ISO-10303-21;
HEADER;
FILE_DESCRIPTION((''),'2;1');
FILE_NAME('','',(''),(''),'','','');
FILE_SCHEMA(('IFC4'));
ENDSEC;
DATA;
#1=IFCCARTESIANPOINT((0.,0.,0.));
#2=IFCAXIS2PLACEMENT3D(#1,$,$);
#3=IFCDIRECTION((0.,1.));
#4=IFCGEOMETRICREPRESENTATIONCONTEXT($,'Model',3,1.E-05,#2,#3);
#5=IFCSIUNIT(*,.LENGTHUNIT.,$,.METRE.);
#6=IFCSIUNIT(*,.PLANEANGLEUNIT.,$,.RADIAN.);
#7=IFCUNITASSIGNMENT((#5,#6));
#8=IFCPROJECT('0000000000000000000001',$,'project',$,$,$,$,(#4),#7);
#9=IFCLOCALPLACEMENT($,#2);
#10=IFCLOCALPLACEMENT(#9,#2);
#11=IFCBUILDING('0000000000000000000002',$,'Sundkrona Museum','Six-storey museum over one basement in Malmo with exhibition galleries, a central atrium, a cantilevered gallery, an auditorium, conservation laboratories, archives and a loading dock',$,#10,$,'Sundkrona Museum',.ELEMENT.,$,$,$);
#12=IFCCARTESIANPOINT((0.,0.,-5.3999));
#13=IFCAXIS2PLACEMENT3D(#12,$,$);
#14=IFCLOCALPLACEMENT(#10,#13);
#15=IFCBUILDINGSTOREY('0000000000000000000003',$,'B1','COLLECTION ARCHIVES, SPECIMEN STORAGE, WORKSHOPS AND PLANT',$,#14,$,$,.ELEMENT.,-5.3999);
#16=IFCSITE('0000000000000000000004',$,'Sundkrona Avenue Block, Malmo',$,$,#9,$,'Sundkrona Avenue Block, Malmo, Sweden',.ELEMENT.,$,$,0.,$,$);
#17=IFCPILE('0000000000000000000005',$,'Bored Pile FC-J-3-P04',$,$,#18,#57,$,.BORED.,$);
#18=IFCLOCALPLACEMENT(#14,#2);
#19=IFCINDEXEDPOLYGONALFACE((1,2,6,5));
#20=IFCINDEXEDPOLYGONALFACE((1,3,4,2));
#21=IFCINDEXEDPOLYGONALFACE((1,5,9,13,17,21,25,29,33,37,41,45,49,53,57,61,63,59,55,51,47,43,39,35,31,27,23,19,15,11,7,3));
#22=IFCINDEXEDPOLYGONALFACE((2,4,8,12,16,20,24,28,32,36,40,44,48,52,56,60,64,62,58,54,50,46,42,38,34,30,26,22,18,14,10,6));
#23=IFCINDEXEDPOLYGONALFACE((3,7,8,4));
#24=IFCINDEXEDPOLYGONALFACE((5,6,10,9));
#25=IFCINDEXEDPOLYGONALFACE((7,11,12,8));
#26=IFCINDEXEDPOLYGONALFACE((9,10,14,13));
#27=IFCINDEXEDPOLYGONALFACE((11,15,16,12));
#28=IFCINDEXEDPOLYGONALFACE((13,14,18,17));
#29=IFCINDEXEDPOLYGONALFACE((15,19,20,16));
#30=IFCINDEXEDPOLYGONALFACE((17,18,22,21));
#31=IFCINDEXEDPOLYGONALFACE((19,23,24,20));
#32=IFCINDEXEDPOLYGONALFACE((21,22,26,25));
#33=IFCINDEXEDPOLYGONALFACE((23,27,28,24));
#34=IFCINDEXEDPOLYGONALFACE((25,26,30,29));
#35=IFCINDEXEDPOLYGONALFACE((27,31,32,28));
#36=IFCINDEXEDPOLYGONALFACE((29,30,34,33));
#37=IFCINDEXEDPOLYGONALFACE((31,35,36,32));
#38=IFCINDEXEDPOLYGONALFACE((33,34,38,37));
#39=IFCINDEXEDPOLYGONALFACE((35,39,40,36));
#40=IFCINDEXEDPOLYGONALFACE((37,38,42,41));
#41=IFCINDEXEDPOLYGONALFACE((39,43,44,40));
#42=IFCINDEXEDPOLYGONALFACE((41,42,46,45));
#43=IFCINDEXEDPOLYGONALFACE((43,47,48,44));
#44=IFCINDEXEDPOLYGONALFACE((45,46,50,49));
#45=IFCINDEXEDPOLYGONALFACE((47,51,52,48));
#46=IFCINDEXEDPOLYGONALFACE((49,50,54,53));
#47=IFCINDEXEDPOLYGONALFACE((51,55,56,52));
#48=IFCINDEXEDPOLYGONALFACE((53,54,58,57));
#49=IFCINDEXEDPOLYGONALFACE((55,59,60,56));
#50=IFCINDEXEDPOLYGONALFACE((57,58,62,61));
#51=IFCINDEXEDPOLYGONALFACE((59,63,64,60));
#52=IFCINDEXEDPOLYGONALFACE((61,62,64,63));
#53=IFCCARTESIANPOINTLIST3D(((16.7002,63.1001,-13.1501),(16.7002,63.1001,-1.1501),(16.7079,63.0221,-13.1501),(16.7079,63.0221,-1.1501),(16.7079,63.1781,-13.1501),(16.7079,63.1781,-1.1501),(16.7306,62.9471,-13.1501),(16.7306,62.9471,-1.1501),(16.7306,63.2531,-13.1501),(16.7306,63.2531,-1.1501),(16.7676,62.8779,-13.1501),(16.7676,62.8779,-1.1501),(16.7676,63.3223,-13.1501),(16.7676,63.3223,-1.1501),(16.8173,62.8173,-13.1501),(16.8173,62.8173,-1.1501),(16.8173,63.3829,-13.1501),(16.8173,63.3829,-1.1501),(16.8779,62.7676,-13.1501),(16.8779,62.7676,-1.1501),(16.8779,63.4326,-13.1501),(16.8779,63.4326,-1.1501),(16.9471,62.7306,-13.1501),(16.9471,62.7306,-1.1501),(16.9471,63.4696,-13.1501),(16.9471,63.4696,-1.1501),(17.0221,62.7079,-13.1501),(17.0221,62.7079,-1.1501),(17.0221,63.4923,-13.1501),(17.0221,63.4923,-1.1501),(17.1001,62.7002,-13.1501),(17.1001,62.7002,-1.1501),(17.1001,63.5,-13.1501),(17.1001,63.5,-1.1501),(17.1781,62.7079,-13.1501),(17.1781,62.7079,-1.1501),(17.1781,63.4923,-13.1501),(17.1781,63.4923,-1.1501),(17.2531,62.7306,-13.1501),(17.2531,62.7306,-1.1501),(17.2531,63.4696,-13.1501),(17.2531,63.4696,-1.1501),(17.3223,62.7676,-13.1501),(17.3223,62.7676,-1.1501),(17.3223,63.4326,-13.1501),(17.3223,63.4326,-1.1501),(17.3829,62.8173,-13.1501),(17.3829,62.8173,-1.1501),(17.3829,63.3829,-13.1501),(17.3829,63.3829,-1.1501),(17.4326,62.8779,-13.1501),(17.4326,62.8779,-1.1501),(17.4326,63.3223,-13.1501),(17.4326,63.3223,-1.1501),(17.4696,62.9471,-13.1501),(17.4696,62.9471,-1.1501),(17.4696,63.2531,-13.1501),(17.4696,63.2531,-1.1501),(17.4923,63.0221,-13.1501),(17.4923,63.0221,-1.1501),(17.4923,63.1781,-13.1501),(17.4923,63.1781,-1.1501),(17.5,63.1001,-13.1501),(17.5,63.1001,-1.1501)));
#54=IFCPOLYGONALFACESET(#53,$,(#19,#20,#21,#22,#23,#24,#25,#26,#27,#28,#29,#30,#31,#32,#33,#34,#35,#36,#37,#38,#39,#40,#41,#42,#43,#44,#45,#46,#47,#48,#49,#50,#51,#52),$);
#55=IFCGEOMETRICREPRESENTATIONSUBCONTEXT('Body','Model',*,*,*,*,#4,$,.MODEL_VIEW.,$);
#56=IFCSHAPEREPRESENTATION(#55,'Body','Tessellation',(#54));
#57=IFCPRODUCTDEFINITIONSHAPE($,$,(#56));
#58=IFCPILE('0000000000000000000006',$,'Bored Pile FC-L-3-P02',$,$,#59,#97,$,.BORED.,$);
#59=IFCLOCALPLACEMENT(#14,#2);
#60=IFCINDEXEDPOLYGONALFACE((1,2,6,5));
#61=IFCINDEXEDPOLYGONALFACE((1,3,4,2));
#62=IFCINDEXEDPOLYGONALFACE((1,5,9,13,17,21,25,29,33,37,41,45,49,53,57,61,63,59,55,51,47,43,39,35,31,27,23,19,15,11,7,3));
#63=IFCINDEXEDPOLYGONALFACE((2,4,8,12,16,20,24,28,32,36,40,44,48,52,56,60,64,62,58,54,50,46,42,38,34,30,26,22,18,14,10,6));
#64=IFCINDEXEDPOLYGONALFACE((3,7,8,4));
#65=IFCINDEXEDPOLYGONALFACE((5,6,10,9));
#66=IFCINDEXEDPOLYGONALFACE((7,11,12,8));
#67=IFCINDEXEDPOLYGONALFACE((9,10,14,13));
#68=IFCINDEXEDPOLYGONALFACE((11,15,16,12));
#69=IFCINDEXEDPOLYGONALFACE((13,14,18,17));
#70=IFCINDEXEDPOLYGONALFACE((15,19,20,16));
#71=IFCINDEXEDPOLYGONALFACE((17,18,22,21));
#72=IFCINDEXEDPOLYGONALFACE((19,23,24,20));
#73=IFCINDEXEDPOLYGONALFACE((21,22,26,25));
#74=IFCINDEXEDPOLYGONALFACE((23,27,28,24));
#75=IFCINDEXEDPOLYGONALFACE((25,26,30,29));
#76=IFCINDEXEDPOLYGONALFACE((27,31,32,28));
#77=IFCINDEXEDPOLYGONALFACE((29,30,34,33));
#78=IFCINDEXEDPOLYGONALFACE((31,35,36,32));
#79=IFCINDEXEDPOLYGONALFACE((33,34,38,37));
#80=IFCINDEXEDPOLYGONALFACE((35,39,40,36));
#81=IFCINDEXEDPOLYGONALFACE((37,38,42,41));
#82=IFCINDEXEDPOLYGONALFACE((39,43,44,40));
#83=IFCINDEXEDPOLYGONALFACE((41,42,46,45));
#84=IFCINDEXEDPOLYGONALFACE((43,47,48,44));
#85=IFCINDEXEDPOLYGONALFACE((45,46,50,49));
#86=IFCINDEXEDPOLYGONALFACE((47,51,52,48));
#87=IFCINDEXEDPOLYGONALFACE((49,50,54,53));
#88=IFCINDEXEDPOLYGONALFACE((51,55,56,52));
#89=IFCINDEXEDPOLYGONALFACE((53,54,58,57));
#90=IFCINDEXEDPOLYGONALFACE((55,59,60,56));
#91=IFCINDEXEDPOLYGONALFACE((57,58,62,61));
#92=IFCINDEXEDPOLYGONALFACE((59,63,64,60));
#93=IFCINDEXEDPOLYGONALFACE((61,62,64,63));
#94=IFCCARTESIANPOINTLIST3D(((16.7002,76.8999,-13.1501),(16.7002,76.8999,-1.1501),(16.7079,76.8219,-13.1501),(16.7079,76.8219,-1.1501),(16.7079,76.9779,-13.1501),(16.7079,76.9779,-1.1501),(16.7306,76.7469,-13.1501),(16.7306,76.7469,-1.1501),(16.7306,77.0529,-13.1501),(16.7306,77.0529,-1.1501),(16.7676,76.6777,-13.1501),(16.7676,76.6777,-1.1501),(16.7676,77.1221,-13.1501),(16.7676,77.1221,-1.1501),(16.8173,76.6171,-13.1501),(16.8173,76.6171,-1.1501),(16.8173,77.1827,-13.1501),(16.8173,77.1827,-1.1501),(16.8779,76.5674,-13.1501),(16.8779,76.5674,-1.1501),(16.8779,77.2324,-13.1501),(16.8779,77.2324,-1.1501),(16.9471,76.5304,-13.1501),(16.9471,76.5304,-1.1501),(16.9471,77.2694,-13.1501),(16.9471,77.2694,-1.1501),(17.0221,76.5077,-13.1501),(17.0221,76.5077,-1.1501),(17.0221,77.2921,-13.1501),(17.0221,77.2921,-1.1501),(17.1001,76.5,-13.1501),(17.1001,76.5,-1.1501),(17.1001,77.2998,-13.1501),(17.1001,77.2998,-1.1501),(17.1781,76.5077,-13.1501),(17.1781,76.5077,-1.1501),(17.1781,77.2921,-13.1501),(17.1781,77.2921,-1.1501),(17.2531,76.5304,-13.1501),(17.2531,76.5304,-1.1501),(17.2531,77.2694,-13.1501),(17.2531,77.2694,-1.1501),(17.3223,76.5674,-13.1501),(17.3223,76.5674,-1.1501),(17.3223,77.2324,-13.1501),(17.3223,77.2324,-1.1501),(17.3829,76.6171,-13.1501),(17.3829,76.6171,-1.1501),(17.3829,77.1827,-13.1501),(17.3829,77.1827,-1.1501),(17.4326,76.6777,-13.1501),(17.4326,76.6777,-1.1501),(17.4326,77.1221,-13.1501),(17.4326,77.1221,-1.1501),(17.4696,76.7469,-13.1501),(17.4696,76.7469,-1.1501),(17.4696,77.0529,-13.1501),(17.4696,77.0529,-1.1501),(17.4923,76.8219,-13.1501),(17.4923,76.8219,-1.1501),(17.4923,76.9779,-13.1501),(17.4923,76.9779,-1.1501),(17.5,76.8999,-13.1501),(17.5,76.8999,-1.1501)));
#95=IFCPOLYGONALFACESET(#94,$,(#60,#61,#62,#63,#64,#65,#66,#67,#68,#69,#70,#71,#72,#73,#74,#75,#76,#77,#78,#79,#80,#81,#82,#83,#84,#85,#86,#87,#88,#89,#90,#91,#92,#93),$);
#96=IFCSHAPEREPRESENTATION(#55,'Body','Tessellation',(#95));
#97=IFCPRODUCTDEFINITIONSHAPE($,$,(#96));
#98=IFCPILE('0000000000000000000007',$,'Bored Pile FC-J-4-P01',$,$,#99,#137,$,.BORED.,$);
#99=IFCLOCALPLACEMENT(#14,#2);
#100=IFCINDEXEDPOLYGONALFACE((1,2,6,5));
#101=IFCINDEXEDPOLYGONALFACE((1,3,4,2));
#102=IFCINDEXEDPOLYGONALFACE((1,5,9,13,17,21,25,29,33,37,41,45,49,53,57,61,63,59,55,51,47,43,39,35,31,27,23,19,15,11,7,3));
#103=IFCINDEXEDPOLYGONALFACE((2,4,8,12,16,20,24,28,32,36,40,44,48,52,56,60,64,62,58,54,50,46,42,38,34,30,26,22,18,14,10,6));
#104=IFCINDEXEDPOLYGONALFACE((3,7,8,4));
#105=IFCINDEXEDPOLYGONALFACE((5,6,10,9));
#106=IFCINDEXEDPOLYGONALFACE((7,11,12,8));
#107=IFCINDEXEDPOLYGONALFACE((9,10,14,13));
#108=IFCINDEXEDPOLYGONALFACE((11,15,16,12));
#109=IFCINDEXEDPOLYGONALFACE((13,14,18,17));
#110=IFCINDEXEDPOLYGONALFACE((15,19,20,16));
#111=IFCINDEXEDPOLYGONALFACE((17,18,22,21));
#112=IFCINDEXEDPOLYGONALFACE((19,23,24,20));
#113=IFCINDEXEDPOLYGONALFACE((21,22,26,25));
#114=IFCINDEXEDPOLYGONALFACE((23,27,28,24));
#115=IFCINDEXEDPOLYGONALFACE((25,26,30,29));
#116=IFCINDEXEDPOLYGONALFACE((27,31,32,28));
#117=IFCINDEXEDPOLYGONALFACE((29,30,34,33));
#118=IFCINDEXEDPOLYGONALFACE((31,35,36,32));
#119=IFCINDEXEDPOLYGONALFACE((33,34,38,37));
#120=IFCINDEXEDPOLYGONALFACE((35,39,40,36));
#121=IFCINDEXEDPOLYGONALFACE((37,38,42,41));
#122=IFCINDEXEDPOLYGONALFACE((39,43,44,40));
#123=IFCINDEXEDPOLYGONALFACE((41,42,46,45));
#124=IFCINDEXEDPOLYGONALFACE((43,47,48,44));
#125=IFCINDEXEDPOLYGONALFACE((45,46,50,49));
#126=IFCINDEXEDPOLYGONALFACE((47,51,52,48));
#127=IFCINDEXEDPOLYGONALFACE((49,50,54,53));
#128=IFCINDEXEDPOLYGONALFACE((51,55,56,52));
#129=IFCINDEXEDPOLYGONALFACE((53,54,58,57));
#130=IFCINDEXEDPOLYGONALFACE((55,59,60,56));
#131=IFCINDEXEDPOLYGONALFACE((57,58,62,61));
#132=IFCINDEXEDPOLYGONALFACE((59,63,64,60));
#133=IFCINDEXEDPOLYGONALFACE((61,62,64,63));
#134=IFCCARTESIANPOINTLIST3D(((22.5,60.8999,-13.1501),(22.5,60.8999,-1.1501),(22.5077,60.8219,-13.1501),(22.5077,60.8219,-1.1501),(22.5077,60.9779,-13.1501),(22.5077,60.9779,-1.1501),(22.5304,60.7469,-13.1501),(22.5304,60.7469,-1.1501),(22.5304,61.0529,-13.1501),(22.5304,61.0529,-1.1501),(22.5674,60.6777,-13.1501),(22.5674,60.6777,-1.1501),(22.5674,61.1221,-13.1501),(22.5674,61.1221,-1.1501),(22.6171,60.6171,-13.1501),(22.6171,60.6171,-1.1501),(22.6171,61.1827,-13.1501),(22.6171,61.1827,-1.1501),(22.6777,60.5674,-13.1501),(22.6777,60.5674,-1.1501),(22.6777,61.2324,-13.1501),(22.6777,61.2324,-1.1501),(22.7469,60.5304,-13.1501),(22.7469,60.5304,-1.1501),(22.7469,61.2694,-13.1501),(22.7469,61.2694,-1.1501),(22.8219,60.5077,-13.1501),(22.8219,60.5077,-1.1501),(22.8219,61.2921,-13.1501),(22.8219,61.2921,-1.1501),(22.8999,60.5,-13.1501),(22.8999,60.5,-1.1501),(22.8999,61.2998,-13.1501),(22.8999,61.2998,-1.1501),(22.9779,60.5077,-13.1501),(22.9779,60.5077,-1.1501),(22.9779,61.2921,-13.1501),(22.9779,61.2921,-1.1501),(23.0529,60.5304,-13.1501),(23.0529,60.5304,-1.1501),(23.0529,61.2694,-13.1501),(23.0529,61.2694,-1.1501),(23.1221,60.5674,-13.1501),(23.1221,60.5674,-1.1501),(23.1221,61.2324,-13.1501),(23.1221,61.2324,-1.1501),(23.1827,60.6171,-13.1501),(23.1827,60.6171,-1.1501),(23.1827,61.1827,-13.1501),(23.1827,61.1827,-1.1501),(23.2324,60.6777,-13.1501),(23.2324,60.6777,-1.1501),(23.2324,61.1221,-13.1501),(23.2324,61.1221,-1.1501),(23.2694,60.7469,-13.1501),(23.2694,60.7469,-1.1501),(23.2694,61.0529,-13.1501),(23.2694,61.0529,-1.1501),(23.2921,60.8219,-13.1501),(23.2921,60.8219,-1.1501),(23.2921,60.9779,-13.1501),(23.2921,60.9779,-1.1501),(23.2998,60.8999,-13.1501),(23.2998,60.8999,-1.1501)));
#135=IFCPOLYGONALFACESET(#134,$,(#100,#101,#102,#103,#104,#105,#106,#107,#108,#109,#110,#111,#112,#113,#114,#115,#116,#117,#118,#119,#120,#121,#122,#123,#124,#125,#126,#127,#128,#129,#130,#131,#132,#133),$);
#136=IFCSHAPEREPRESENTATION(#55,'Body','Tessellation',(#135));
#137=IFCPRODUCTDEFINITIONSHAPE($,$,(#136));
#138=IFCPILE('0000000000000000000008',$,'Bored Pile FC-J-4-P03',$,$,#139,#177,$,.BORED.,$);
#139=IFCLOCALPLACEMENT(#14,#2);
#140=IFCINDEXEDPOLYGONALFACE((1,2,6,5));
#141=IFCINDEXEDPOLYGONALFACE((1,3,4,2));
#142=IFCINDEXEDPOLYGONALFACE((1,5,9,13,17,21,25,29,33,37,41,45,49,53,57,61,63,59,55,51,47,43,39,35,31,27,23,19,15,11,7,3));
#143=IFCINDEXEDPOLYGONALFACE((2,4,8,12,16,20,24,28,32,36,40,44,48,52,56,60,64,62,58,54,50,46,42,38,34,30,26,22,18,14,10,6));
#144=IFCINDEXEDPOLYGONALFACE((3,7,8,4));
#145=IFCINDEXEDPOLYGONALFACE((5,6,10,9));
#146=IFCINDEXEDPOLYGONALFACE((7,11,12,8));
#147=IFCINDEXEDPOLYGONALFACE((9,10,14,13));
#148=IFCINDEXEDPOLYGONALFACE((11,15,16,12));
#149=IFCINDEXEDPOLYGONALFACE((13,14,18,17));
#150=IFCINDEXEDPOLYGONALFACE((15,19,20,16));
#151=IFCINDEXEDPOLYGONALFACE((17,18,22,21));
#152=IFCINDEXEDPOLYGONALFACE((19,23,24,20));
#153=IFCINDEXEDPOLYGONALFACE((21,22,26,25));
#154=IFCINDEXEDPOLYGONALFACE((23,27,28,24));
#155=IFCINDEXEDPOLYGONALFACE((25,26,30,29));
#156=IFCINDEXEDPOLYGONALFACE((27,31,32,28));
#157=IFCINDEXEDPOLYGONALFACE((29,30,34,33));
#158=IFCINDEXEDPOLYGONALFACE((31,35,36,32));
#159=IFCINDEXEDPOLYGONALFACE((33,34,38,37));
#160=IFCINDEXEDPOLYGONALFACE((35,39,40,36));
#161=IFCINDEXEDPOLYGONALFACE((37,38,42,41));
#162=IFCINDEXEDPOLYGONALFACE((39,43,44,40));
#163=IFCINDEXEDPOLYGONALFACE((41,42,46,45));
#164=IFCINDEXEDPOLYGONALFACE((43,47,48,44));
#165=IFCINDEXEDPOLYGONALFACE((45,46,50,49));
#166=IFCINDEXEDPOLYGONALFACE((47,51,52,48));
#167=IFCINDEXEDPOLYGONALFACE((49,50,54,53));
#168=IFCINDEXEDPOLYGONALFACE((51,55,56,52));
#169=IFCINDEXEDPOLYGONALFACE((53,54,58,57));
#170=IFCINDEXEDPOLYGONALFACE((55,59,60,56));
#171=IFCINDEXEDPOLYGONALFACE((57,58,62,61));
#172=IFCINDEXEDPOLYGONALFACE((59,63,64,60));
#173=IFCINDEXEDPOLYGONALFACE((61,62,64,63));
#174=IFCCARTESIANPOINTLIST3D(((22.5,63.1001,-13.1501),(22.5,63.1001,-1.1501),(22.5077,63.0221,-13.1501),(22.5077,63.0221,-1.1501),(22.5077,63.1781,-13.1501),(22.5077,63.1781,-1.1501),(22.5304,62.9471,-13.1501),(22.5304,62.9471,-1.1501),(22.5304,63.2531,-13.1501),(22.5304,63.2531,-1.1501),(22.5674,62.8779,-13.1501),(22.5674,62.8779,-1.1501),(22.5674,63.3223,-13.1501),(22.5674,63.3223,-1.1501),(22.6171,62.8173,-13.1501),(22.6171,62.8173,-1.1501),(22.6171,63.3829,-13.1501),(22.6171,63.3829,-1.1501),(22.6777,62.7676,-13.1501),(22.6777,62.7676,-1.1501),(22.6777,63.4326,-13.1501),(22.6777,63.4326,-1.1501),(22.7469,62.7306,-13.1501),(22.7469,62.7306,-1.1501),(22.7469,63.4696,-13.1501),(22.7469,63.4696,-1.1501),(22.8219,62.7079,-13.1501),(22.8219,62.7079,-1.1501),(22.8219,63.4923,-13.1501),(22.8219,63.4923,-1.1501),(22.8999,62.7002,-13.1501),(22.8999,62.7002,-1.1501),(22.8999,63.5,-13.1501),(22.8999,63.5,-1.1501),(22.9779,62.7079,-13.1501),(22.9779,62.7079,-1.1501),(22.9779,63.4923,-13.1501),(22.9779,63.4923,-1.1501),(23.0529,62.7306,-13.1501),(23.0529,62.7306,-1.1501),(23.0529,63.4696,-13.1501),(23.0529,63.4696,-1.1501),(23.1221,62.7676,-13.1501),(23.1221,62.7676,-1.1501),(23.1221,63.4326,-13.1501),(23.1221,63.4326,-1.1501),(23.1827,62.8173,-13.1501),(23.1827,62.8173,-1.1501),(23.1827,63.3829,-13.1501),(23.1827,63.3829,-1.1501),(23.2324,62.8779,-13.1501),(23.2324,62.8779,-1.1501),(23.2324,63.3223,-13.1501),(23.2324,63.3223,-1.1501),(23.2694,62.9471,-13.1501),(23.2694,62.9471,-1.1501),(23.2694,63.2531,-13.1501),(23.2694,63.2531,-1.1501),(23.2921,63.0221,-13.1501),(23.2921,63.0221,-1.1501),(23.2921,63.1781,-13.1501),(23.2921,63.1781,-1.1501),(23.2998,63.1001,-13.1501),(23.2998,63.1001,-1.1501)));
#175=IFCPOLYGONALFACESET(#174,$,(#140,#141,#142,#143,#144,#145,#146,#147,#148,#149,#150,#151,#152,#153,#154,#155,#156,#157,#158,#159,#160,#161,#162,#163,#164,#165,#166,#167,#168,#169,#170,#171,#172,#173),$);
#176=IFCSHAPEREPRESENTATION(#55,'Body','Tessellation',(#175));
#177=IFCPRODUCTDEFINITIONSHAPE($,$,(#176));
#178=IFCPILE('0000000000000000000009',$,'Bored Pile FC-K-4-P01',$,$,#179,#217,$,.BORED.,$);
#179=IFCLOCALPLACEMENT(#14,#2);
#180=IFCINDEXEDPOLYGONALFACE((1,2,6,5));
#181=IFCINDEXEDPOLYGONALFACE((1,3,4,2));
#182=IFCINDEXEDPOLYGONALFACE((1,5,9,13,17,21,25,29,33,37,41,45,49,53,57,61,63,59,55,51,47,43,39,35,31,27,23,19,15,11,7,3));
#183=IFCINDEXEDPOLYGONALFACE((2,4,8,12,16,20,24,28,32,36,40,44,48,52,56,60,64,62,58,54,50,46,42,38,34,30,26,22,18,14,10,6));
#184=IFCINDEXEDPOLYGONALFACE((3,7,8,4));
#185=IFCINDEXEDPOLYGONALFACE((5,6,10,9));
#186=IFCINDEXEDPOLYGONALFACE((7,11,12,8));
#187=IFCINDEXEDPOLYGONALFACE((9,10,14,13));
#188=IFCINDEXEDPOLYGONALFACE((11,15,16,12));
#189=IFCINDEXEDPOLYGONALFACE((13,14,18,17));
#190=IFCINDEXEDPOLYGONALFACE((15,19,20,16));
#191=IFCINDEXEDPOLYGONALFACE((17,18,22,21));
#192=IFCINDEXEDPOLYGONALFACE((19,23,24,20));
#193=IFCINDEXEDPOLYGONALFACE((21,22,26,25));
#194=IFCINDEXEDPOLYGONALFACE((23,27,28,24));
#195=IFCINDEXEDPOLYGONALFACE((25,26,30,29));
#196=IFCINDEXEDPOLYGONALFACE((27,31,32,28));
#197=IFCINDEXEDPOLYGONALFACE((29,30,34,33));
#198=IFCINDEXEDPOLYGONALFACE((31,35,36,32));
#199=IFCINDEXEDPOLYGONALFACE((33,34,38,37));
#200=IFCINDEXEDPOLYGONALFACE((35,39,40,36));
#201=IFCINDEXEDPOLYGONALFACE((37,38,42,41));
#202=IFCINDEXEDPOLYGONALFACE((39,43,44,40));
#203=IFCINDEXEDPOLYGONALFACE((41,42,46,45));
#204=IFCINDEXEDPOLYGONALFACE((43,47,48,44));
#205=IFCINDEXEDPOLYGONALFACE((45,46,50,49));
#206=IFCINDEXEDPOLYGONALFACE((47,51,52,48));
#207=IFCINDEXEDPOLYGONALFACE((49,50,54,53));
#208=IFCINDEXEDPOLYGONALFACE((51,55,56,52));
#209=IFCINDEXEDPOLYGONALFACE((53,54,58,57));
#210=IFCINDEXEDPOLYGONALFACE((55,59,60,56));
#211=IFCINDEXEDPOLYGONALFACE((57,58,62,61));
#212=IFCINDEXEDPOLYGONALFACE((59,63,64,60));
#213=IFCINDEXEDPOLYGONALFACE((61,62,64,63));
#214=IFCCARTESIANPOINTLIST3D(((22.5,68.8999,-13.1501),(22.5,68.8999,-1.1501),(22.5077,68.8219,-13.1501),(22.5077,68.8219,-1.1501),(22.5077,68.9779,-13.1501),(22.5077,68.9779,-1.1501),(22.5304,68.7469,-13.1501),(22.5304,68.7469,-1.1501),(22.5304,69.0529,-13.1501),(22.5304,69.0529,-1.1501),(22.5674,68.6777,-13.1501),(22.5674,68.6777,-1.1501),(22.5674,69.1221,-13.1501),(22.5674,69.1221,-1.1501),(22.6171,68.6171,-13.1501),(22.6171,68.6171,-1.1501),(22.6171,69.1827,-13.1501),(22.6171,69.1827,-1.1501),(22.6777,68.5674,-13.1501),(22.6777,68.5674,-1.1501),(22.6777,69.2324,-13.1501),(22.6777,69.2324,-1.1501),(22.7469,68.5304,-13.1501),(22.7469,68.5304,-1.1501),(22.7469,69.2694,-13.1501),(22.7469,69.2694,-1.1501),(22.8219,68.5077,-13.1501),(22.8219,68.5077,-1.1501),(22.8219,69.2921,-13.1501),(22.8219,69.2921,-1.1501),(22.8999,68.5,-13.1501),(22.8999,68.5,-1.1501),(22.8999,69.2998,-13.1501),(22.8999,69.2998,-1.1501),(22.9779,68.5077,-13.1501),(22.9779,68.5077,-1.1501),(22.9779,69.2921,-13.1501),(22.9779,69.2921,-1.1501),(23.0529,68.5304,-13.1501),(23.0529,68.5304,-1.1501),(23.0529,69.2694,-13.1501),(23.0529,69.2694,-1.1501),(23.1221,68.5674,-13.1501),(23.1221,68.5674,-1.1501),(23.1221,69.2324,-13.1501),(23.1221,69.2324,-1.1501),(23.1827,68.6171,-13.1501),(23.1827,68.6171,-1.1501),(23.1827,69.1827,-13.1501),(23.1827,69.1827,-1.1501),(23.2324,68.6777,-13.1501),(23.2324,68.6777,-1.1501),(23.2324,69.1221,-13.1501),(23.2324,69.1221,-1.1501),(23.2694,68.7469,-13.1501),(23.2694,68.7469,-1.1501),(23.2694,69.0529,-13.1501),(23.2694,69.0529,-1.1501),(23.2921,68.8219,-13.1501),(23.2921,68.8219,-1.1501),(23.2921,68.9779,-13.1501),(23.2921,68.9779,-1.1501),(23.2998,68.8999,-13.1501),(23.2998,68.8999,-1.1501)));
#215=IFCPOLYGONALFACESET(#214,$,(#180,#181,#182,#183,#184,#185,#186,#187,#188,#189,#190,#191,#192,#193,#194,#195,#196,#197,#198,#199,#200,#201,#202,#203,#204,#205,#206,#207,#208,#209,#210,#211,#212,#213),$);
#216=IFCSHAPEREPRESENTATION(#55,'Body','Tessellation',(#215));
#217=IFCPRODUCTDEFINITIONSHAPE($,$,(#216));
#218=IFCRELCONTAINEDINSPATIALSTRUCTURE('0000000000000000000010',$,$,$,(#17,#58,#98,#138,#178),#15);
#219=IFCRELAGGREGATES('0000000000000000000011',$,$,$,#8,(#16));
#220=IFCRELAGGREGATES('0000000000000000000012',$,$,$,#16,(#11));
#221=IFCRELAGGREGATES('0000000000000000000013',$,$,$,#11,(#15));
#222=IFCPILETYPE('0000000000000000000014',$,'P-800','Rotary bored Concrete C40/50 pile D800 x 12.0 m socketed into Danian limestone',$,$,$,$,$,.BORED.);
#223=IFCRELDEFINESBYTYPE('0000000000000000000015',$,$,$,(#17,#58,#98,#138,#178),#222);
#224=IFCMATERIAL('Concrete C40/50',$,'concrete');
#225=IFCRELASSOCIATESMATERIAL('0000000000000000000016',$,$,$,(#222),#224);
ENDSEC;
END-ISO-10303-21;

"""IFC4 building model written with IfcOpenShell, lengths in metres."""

from ifc_helpers import new_model, si_unit, direction, frame, origin, origin_2d, place, context, subcontext, project, spatial, circle, extrude, material, material_profile, profile_set, type_object, element, save


model = new_model("IFC4")

# Units and contexts
model_context = context("Model", 3, precision=1e-05, world=origin(), true_north=direction((0.0, 1.0)))
body_context = subcontext(model_context, "Body", "Model", "MODEL_VIEW")
ifc_project = project(units=[si_unit("LENGTHUNIT", "METRE"), si_unit("PLANEANGLEUNIT", "RADIAN")], contexts=[model_context])

# Site, building, storey
site_placement = place(None, origin())
site = spatial("IfcSite", under=ifc_project, at=site_placement, Name="Sundkrona Avenue Block, Malmo", LongName="Sundkrona Avenue Block, Malmo, Sweden", CompositionType="ELEMENT", RefElevation=0.0)
building_placement = place(site_placement, origin())
building = spatial("IfcBuilding", under=site, at=building_placement, Name="Sundkrona Museum", Description="Six-storey museum over one basement in Malmo with exhibition galleries, a central atrium, a cantilevered gallery, an auditorium, conservation laboratories, archives and a loading dock", LongName="Sundkrona Museum", CompositionType="ELEMENT")
storey_placement = place(building_placement, frame((0.0, 0.0, -5.3999)))
storey = spatial("IfcBuildingStorey", under=building, at=storey_placement, Name="B1", Description="COLLECTION ARCHIVES, SPECIMEN STORAGE, WORKSHOPS AND PLANT", CompositionType="ELEMENT", Elevation=-5.3999)

# Shared definitions
ifc_material_1 = material(Name="Concrete C40/50", Category="concrete")

# Piles
ifc_material_profile_1 = material_profile(ifc_material_1, circle(Radius=0.3999, at=origin_2d()), Name="PILE D800")
ifc_profile_set_1 = profile_set([ifc_material_profile_1], Name="Concrete C40/50")
pile_type_1 = type_object("IfcPileType", Name="P-800", Description="Rotary bored Concrete C40/50 pile D800 x 12.0 m socketed into Danian limestone", PredefinedType="BORED", material=ifc_profile_set_1)
for number, where, z_axis, x_axis, name in (
    (1, (17.1001, 63.1001, -1.1501), (0.0, 0.0, -1.0), (1.0, 0.0, 0.0), "Bored Pile FC-J-3-P04"),
    (2, (17.1001, 76.8999, -1.1501), (0.0, 0.0, -1.0), (1.0, 0.0, 0.0), "Bored Pile FC-L-3-P02"),
    (3, (22.8999, 60.8999, -1.1501), (0.0, 0.0, -1.0), (1.0, 0.0, 0.0), "Bored Pile FC-J-4-P01"),
    (4, (22.8999, 63.1001, -1.1501), (0.0, 0.0, -1.0), (1.0, 0.0, 0.0), "Bored Pile FC-J-4-P03"),
    (5, (22.8999, 68.8999, -1.1501), (0.0, 0.0, -1.0), (1.0, 0.0, 0.0), "Bored Pile FC-K-4-P01"),
):
    element("IfcPile", number, at=place(storey_placement, frame(where, z_axis=z_axis, x_axis=x_axis)), inside=storey, type_object=pile_type_1, Name=name, PredefinedType="BORED", context=body_context, shape_type="SweptSolid", body=[
        extrude(circle(Radius=0.3999, at=origin_2d()), origin(), (0.0, 0.0, 1.0), 12.0),
    ])

save(model, "model.ifc")
